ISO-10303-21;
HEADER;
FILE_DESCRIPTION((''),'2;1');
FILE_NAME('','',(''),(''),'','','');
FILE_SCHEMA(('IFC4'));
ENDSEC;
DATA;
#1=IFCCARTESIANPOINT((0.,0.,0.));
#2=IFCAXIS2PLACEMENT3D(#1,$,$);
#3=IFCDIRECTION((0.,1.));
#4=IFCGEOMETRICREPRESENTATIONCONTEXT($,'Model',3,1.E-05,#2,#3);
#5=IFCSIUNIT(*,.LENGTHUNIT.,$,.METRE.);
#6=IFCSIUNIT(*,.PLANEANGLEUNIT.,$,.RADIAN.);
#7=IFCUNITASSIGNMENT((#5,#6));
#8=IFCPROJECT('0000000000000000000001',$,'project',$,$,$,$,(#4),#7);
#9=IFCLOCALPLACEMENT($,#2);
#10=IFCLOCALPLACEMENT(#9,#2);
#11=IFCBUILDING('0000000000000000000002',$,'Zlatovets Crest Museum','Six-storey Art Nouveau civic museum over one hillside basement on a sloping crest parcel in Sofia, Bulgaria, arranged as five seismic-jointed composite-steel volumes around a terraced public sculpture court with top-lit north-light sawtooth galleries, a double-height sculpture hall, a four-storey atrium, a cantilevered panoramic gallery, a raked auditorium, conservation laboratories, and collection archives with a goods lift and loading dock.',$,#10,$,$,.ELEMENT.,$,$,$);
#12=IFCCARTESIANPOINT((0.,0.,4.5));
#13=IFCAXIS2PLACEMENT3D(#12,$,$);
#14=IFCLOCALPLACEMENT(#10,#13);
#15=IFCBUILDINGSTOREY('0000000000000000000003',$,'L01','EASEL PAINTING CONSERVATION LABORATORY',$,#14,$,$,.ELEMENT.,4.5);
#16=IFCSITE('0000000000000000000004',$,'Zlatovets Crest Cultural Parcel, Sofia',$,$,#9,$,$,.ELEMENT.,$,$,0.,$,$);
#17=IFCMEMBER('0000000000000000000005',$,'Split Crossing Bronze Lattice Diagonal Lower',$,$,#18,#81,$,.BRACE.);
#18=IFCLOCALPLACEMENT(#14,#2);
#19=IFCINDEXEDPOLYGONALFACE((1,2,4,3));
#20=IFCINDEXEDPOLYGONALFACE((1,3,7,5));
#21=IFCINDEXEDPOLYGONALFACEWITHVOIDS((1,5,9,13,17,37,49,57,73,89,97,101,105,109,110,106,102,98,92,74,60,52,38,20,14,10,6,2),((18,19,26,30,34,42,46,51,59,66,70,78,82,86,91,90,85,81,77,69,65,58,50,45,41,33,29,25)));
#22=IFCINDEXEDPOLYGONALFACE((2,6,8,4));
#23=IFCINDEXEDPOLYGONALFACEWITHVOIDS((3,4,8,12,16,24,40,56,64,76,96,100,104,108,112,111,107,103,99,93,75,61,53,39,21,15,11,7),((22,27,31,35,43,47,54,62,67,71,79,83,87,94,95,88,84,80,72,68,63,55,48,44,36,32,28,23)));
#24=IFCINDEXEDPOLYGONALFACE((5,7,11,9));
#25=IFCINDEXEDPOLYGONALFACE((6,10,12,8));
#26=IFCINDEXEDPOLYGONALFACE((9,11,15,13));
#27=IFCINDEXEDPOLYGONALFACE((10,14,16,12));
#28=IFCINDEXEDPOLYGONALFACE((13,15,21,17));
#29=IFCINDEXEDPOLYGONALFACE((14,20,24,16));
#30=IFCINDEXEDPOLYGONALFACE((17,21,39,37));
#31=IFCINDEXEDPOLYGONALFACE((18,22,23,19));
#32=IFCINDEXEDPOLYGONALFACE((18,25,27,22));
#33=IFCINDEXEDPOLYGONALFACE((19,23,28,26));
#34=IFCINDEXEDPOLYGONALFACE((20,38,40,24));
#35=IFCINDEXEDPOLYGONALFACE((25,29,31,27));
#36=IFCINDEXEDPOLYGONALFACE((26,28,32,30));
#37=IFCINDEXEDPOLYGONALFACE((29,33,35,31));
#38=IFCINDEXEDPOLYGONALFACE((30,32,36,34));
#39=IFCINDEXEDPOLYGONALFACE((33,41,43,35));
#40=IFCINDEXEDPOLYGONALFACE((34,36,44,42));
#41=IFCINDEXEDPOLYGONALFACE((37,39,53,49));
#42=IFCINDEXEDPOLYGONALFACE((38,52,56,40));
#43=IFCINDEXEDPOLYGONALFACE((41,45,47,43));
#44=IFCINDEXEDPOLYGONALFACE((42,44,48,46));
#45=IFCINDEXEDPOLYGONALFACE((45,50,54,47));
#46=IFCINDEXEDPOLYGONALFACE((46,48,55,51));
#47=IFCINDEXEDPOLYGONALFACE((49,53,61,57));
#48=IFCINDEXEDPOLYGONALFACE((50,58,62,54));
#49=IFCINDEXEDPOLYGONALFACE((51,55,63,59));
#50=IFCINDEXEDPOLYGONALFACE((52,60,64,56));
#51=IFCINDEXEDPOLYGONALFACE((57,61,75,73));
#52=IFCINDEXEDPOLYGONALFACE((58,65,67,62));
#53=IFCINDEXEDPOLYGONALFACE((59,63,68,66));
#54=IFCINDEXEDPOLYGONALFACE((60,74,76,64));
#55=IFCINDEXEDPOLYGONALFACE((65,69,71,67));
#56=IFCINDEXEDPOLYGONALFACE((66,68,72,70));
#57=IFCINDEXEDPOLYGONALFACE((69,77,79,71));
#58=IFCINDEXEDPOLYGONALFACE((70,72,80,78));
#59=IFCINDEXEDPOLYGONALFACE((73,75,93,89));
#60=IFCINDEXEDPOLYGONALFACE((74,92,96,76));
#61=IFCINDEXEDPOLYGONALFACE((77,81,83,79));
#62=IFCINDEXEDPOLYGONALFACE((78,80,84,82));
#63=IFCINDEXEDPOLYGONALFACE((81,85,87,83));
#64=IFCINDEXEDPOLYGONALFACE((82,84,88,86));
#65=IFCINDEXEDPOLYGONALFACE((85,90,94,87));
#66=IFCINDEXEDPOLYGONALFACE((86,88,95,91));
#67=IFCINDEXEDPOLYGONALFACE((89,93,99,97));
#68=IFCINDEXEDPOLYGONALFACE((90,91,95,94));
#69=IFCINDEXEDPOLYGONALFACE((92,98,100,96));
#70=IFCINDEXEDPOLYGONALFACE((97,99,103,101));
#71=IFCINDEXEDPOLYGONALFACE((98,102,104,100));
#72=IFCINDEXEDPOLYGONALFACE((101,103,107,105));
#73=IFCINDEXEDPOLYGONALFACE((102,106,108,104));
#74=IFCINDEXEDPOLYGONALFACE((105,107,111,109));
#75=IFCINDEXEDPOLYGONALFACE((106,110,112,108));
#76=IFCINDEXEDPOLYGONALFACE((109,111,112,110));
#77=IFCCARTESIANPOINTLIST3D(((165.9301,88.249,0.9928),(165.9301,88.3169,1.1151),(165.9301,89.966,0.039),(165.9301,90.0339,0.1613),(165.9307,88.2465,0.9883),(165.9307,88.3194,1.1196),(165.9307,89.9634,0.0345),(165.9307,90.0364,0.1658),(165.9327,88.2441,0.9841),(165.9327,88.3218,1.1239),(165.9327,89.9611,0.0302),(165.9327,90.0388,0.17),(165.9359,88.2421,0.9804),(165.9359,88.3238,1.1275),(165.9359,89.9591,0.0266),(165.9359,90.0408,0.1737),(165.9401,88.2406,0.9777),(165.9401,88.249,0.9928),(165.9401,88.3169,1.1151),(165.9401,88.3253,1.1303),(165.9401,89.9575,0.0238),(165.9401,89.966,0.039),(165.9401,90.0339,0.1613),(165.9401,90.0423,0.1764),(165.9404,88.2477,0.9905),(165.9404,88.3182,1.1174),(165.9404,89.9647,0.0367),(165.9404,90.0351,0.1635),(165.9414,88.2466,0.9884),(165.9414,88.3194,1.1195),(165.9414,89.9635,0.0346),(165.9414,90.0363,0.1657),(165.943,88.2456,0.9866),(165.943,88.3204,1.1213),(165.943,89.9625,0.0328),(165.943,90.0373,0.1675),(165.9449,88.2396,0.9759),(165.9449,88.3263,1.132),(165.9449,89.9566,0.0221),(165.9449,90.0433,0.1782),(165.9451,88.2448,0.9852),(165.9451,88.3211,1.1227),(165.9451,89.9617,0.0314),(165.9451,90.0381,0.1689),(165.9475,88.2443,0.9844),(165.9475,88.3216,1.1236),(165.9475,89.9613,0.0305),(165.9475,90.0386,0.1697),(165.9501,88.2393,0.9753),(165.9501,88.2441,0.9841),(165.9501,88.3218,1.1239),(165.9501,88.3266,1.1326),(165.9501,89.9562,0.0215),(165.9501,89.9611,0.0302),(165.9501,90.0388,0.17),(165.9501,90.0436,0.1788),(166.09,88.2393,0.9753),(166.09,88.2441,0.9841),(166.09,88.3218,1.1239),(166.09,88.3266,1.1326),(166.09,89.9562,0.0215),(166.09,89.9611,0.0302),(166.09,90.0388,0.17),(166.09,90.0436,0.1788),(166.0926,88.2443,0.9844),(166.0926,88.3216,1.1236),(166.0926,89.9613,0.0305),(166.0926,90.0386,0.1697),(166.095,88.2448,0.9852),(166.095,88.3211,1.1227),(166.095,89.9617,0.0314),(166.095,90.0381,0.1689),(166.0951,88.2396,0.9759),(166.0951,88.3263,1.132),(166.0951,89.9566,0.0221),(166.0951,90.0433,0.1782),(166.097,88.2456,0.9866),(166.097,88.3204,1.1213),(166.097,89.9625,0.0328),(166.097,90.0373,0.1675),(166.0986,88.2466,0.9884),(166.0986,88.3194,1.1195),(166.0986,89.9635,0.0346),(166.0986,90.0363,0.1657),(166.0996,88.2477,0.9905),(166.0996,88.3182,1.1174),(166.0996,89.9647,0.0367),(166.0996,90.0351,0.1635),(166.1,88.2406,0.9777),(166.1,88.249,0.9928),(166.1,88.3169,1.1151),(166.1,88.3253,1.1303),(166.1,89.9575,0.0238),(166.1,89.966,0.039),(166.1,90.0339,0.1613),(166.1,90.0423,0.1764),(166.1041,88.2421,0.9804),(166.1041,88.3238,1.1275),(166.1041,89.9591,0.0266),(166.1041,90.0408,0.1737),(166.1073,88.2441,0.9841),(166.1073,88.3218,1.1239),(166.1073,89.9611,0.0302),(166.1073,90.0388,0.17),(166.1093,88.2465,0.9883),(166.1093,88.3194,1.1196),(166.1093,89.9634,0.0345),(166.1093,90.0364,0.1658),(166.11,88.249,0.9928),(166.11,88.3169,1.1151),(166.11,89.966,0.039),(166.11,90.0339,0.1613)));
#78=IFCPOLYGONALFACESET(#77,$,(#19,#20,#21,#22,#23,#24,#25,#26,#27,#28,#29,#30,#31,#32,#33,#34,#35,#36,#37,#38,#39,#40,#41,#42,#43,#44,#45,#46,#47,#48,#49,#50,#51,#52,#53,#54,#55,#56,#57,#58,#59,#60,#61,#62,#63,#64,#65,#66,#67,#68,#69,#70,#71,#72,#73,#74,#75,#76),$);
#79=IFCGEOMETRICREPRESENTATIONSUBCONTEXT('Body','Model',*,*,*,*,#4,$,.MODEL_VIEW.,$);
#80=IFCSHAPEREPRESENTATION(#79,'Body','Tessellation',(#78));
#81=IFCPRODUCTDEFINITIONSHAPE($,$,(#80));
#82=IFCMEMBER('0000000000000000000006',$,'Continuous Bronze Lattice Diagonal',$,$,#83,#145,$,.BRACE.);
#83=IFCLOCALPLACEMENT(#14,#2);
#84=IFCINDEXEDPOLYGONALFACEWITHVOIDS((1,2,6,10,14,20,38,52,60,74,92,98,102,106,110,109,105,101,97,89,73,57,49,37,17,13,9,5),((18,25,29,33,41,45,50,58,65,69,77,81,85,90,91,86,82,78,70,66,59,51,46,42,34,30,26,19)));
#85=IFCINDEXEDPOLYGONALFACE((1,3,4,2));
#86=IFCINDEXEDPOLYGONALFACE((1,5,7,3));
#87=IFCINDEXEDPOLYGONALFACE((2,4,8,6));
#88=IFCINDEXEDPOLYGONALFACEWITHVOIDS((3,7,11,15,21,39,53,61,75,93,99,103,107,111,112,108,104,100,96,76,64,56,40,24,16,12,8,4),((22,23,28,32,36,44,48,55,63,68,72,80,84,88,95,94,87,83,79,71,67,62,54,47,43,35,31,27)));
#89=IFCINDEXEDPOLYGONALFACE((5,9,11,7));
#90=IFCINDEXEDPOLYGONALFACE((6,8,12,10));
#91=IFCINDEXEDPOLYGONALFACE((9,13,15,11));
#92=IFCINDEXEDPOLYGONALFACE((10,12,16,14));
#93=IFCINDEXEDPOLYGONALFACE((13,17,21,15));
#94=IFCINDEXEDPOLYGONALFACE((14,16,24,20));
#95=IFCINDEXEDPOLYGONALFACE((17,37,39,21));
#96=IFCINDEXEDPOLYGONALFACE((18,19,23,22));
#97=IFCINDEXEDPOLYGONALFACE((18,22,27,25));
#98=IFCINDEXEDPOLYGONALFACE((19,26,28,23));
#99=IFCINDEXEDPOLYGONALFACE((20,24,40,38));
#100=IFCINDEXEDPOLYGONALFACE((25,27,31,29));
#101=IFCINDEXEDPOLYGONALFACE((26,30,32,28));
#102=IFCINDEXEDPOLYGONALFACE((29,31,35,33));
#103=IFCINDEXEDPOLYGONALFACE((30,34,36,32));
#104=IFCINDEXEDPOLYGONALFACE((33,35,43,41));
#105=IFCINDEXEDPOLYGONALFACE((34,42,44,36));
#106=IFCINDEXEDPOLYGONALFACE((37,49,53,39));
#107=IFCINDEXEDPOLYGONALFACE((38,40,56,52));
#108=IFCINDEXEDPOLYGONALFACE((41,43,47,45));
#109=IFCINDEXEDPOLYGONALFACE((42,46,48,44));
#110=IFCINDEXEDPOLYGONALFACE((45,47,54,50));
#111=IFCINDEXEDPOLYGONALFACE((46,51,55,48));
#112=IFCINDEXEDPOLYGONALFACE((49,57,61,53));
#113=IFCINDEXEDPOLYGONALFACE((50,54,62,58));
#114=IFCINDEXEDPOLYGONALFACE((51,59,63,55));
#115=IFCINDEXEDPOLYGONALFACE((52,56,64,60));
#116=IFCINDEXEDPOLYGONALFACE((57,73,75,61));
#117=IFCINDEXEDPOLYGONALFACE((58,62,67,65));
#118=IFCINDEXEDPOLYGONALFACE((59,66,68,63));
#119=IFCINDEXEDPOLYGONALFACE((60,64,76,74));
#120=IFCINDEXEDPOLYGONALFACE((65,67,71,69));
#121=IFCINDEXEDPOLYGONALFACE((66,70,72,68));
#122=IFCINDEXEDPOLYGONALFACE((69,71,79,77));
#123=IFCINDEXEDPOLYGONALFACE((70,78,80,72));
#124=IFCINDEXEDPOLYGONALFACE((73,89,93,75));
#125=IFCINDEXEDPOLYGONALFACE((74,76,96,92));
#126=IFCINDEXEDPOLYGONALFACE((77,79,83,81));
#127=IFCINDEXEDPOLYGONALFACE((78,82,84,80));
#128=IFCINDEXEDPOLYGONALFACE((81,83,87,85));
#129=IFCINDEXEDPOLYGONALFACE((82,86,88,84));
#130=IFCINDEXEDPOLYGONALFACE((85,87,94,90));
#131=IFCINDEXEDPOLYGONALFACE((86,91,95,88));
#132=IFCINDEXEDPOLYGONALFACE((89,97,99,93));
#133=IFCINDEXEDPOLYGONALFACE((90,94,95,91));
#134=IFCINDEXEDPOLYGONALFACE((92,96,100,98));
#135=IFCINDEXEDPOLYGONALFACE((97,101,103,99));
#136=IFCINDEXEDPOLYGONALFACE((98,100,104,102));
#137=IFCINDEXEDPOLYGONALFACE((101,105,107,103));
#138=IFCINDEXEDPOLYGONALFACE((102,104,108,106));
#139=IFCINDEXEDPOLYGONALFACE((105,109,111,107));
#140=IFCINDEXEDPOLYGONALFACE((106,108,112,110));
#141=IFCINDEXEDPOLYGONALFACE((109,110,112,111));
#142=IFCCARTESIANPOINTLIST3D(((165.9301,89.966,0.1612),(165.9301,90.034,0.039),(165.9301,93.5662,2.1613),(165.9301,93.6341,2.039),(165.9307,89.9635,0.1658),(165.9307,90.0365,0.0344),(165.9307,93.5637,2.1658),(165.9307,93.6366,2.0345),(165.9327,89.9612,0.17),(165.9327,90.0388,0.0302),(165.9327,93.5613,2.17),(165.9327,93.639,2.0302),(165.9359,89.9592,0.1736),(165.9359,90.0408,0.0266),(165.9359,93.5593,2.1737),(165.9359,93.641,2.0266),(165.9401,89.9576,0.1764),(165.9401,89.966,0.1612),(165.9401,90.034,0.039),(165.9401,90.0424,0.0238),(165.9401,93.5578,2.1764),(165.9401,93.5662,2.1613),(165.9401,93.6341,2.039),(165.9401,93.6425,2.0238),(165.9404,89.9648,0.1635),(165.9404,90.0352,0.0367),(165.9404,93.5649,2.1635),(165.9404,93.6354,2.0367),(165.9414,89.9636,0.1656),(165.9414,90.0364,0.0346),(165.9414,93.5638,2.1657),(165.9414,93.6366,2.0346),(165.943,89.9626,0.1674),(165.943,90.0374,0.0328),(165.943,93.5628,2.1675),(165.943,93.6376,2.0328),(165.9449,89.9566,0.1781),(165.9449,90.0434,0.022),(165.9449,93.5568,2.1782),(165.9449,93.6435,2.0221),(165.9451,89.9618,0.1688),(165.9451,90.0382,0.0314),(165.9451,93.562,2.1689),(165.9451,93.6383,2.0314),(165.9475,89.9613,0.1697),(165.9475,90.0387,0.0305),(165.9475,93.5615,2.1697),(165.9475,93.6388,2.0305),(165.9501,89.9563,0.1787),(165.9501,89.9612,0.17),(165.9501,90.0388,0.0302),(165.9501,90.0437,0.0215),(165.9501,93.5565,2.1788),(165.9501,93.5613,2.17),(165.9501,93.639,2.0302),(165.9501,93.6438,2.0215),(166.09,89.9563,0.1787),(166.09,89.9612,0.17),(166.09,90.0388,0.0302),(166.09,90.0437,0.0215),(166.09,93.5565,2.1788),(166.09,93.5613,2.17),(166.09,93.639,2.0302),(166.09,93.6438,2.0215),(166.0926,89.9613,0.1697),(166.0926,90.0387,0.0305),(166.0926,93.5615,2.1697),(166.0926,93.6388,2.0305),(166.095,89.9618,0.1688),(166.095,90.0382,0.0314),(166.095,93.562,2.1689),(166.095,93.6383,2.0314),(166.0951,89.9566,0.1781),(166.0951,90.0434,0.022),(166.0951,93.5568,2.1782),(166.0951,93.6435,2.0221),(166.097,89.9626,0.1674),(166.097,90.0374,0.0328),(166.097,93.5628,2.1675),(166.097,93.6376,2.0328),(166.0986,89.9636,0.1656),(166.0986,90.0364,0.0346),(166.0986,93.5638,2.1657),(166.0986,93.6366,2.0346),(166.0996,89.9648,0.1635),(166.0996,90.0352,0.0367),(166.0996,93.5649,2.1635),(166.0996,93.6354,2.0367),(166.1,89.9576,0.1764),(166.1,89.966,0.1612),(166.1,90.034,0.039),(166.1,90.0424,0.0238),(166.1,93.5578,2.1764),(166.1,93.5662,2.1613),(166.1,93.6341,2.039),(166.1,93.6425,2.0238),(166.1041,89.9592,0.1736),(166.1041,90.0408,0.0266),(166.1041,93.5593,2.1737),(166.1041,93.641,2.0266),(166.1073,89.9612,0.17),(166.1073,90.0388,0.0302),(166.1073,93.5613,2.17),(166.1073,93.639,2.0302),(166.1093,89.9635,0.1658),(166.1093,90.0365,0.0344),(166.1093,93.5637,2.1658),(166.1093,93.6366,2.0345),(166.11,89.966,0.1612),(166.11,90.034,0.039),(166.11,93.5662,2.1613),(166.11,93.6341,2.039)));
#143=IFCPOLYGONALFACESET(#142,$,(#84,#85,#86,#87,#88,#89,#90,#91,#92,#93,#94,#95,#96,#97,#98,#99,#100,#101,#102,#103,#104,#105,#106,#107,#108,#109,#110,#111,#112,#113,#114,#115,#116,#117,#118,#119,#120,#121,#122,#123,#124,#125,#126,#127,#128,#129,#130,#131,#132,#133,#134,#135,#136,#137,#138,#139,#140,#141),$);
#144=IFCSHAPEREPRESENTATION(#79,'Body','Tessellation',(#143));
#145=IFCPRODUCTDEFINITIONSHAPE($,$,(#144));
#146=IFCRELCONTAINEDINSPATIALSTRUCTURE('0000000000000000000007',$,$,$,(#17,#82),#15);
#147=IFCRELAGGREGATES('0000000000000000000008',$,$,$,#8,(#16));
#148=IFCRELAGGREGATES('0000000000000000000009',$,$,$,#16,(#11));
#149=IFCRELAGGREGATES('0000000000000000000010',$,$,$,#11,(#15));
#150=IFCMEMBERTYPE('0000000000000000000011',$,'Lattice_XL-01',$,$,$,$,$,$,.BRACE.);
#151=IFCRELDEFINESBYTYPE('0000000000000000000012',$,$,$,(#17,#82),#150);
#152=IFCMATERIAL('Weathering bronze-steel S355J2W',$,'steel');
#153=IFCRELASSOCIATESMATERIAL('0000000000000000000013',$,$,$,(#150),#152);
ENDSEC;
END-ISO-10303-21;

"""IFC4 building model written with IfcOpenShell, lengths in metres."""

from ifc_helpers import new_model, si_unit, direction, frame, origin, origin_2d, place, context, subcontext, project, spatial, hollow_rectangle, extrude, material, material_profile, profile_set, type_object, element, save


model = new_model("IFC4")

# Units and contexts
model_context = context("Model", 3, precision=1e-05, world=origin(), true_north=direction((0.0, 1.0)))
body_context = subcontext(model_context, "Body", "Model", "MODEL_VIEW")
ifc_project = project(units=[si_unit("LENGTHUNIT", "METRE"), si_unit("PLANEANGLEUNIT", "RADIAN")], contexts=[model_context])

# Site, building, storey
site_placement = place(None, origin())
site = spatial("IfcSite", under=ifc_project, at=site_placement, Name="Zlatovets Crest Cultural Parcel, Sofia", CompositionType="ELEMENT", RefElevation=0.0)
building_placement = place(site_placement, origin())
building = spatial("IfcBuilding", under=site, at=building_placement, Name="Zlatovets Crest Museum", Description="Six-storey Art Nouveau civic museum over one hillside basement on a sloping crest parcel in Sofia, Bulgaria, arranged as five seismic-jointed composite-steel volumes around a terraced public sculpture court with top-lit north-light sawtooth galleries, a double-height sculpture hall, a four-storey atrium, a cantilevered panoramic gallery, a raked auditorium, conservation laboratories, and collection archives with a goods lift and loading dock.", CompositionType="ELEMENT")
storey_placement = place(building_placement, frame((0.0, 0.0, 4.5)))
storey = spatial("IfcBuildingStorey", under=building, at=storey_placement, Name="L01", Description="EASEL PAINTING CONSERVATION LABORATORY", CompositionType="ELEMENT", Elevation=4.5)

# Members
ifc_material_1 = material(Name="Weathering bronze-steel S355J2W", Category="steel")
ifc_material_profile_1 = material_profile(ifc_material_1, hollow_rectangle(XDim=0.1799, YDim=0.1799, WallThickness=0.01, InnerFilletRadius=0.01, OuterFilletRadius=0.02, at=origin_2d()), Name="SHS 180x180x10.0")
ifc_profile_set_1 = profile_set([ifc_material_profile_1], Name="Weathering bronze-steel S355J2W")
member_type_1 = type_object("IfcMemberType", Name="Lattice_XL-01", PredefinedType="BRACE", material=ifc_profile_set_1)
member_1_placement = place(storey_placement, frame((166.02, 88.283, 1.054), z_axis=(0.0, 0.874169, -0.485622), x_axis=(-1.0, 0.0, 0.0)))
element("IfcMember", 1, at=member_1_placement, inside=storey, type_object=member_type_1, Name="Split Crossing Bronze Lattice Diagonal Lower", PredefinedType="BRACE", context=body_context, shape_type="SweptSolid", body=[
    extrude(hollow_rectangle(XDim=0.1799, YDim=0.1799, WallThickness=0.01, InnerFilletRadius=0.01, OuterFilletRadius=0.02, at=origin_2d()), origin(), (0.0, 0.0, 1.0), 1.9641),
])
member_2_placement = place(storey_placement, frame((166.02, 90.0, 0.1001), z_axis=(0.0, 0.874163, 0.485633), x_axis=(-1.0, 0.0, 0.0)))
element("IfcMember", 2, at=member_2_placement, inside=storey, type_object=member_type_1, Name="Continuous Bronze Lattice Diagonal", PredefinedType="BRACE", context=body_context, shape_type="SweptSolid", body=[
    extrude(hollow_rectangle(XDim=0.1799, YDim=0.1799, WallThickness=0.01, InnerFilletRadius=0.01, OuterFilletRadius=0.02, at=origin_2d()), origin(), (0.0, 0.0, 1.0), 4.1184),
])

save(model, "model.ifc")
